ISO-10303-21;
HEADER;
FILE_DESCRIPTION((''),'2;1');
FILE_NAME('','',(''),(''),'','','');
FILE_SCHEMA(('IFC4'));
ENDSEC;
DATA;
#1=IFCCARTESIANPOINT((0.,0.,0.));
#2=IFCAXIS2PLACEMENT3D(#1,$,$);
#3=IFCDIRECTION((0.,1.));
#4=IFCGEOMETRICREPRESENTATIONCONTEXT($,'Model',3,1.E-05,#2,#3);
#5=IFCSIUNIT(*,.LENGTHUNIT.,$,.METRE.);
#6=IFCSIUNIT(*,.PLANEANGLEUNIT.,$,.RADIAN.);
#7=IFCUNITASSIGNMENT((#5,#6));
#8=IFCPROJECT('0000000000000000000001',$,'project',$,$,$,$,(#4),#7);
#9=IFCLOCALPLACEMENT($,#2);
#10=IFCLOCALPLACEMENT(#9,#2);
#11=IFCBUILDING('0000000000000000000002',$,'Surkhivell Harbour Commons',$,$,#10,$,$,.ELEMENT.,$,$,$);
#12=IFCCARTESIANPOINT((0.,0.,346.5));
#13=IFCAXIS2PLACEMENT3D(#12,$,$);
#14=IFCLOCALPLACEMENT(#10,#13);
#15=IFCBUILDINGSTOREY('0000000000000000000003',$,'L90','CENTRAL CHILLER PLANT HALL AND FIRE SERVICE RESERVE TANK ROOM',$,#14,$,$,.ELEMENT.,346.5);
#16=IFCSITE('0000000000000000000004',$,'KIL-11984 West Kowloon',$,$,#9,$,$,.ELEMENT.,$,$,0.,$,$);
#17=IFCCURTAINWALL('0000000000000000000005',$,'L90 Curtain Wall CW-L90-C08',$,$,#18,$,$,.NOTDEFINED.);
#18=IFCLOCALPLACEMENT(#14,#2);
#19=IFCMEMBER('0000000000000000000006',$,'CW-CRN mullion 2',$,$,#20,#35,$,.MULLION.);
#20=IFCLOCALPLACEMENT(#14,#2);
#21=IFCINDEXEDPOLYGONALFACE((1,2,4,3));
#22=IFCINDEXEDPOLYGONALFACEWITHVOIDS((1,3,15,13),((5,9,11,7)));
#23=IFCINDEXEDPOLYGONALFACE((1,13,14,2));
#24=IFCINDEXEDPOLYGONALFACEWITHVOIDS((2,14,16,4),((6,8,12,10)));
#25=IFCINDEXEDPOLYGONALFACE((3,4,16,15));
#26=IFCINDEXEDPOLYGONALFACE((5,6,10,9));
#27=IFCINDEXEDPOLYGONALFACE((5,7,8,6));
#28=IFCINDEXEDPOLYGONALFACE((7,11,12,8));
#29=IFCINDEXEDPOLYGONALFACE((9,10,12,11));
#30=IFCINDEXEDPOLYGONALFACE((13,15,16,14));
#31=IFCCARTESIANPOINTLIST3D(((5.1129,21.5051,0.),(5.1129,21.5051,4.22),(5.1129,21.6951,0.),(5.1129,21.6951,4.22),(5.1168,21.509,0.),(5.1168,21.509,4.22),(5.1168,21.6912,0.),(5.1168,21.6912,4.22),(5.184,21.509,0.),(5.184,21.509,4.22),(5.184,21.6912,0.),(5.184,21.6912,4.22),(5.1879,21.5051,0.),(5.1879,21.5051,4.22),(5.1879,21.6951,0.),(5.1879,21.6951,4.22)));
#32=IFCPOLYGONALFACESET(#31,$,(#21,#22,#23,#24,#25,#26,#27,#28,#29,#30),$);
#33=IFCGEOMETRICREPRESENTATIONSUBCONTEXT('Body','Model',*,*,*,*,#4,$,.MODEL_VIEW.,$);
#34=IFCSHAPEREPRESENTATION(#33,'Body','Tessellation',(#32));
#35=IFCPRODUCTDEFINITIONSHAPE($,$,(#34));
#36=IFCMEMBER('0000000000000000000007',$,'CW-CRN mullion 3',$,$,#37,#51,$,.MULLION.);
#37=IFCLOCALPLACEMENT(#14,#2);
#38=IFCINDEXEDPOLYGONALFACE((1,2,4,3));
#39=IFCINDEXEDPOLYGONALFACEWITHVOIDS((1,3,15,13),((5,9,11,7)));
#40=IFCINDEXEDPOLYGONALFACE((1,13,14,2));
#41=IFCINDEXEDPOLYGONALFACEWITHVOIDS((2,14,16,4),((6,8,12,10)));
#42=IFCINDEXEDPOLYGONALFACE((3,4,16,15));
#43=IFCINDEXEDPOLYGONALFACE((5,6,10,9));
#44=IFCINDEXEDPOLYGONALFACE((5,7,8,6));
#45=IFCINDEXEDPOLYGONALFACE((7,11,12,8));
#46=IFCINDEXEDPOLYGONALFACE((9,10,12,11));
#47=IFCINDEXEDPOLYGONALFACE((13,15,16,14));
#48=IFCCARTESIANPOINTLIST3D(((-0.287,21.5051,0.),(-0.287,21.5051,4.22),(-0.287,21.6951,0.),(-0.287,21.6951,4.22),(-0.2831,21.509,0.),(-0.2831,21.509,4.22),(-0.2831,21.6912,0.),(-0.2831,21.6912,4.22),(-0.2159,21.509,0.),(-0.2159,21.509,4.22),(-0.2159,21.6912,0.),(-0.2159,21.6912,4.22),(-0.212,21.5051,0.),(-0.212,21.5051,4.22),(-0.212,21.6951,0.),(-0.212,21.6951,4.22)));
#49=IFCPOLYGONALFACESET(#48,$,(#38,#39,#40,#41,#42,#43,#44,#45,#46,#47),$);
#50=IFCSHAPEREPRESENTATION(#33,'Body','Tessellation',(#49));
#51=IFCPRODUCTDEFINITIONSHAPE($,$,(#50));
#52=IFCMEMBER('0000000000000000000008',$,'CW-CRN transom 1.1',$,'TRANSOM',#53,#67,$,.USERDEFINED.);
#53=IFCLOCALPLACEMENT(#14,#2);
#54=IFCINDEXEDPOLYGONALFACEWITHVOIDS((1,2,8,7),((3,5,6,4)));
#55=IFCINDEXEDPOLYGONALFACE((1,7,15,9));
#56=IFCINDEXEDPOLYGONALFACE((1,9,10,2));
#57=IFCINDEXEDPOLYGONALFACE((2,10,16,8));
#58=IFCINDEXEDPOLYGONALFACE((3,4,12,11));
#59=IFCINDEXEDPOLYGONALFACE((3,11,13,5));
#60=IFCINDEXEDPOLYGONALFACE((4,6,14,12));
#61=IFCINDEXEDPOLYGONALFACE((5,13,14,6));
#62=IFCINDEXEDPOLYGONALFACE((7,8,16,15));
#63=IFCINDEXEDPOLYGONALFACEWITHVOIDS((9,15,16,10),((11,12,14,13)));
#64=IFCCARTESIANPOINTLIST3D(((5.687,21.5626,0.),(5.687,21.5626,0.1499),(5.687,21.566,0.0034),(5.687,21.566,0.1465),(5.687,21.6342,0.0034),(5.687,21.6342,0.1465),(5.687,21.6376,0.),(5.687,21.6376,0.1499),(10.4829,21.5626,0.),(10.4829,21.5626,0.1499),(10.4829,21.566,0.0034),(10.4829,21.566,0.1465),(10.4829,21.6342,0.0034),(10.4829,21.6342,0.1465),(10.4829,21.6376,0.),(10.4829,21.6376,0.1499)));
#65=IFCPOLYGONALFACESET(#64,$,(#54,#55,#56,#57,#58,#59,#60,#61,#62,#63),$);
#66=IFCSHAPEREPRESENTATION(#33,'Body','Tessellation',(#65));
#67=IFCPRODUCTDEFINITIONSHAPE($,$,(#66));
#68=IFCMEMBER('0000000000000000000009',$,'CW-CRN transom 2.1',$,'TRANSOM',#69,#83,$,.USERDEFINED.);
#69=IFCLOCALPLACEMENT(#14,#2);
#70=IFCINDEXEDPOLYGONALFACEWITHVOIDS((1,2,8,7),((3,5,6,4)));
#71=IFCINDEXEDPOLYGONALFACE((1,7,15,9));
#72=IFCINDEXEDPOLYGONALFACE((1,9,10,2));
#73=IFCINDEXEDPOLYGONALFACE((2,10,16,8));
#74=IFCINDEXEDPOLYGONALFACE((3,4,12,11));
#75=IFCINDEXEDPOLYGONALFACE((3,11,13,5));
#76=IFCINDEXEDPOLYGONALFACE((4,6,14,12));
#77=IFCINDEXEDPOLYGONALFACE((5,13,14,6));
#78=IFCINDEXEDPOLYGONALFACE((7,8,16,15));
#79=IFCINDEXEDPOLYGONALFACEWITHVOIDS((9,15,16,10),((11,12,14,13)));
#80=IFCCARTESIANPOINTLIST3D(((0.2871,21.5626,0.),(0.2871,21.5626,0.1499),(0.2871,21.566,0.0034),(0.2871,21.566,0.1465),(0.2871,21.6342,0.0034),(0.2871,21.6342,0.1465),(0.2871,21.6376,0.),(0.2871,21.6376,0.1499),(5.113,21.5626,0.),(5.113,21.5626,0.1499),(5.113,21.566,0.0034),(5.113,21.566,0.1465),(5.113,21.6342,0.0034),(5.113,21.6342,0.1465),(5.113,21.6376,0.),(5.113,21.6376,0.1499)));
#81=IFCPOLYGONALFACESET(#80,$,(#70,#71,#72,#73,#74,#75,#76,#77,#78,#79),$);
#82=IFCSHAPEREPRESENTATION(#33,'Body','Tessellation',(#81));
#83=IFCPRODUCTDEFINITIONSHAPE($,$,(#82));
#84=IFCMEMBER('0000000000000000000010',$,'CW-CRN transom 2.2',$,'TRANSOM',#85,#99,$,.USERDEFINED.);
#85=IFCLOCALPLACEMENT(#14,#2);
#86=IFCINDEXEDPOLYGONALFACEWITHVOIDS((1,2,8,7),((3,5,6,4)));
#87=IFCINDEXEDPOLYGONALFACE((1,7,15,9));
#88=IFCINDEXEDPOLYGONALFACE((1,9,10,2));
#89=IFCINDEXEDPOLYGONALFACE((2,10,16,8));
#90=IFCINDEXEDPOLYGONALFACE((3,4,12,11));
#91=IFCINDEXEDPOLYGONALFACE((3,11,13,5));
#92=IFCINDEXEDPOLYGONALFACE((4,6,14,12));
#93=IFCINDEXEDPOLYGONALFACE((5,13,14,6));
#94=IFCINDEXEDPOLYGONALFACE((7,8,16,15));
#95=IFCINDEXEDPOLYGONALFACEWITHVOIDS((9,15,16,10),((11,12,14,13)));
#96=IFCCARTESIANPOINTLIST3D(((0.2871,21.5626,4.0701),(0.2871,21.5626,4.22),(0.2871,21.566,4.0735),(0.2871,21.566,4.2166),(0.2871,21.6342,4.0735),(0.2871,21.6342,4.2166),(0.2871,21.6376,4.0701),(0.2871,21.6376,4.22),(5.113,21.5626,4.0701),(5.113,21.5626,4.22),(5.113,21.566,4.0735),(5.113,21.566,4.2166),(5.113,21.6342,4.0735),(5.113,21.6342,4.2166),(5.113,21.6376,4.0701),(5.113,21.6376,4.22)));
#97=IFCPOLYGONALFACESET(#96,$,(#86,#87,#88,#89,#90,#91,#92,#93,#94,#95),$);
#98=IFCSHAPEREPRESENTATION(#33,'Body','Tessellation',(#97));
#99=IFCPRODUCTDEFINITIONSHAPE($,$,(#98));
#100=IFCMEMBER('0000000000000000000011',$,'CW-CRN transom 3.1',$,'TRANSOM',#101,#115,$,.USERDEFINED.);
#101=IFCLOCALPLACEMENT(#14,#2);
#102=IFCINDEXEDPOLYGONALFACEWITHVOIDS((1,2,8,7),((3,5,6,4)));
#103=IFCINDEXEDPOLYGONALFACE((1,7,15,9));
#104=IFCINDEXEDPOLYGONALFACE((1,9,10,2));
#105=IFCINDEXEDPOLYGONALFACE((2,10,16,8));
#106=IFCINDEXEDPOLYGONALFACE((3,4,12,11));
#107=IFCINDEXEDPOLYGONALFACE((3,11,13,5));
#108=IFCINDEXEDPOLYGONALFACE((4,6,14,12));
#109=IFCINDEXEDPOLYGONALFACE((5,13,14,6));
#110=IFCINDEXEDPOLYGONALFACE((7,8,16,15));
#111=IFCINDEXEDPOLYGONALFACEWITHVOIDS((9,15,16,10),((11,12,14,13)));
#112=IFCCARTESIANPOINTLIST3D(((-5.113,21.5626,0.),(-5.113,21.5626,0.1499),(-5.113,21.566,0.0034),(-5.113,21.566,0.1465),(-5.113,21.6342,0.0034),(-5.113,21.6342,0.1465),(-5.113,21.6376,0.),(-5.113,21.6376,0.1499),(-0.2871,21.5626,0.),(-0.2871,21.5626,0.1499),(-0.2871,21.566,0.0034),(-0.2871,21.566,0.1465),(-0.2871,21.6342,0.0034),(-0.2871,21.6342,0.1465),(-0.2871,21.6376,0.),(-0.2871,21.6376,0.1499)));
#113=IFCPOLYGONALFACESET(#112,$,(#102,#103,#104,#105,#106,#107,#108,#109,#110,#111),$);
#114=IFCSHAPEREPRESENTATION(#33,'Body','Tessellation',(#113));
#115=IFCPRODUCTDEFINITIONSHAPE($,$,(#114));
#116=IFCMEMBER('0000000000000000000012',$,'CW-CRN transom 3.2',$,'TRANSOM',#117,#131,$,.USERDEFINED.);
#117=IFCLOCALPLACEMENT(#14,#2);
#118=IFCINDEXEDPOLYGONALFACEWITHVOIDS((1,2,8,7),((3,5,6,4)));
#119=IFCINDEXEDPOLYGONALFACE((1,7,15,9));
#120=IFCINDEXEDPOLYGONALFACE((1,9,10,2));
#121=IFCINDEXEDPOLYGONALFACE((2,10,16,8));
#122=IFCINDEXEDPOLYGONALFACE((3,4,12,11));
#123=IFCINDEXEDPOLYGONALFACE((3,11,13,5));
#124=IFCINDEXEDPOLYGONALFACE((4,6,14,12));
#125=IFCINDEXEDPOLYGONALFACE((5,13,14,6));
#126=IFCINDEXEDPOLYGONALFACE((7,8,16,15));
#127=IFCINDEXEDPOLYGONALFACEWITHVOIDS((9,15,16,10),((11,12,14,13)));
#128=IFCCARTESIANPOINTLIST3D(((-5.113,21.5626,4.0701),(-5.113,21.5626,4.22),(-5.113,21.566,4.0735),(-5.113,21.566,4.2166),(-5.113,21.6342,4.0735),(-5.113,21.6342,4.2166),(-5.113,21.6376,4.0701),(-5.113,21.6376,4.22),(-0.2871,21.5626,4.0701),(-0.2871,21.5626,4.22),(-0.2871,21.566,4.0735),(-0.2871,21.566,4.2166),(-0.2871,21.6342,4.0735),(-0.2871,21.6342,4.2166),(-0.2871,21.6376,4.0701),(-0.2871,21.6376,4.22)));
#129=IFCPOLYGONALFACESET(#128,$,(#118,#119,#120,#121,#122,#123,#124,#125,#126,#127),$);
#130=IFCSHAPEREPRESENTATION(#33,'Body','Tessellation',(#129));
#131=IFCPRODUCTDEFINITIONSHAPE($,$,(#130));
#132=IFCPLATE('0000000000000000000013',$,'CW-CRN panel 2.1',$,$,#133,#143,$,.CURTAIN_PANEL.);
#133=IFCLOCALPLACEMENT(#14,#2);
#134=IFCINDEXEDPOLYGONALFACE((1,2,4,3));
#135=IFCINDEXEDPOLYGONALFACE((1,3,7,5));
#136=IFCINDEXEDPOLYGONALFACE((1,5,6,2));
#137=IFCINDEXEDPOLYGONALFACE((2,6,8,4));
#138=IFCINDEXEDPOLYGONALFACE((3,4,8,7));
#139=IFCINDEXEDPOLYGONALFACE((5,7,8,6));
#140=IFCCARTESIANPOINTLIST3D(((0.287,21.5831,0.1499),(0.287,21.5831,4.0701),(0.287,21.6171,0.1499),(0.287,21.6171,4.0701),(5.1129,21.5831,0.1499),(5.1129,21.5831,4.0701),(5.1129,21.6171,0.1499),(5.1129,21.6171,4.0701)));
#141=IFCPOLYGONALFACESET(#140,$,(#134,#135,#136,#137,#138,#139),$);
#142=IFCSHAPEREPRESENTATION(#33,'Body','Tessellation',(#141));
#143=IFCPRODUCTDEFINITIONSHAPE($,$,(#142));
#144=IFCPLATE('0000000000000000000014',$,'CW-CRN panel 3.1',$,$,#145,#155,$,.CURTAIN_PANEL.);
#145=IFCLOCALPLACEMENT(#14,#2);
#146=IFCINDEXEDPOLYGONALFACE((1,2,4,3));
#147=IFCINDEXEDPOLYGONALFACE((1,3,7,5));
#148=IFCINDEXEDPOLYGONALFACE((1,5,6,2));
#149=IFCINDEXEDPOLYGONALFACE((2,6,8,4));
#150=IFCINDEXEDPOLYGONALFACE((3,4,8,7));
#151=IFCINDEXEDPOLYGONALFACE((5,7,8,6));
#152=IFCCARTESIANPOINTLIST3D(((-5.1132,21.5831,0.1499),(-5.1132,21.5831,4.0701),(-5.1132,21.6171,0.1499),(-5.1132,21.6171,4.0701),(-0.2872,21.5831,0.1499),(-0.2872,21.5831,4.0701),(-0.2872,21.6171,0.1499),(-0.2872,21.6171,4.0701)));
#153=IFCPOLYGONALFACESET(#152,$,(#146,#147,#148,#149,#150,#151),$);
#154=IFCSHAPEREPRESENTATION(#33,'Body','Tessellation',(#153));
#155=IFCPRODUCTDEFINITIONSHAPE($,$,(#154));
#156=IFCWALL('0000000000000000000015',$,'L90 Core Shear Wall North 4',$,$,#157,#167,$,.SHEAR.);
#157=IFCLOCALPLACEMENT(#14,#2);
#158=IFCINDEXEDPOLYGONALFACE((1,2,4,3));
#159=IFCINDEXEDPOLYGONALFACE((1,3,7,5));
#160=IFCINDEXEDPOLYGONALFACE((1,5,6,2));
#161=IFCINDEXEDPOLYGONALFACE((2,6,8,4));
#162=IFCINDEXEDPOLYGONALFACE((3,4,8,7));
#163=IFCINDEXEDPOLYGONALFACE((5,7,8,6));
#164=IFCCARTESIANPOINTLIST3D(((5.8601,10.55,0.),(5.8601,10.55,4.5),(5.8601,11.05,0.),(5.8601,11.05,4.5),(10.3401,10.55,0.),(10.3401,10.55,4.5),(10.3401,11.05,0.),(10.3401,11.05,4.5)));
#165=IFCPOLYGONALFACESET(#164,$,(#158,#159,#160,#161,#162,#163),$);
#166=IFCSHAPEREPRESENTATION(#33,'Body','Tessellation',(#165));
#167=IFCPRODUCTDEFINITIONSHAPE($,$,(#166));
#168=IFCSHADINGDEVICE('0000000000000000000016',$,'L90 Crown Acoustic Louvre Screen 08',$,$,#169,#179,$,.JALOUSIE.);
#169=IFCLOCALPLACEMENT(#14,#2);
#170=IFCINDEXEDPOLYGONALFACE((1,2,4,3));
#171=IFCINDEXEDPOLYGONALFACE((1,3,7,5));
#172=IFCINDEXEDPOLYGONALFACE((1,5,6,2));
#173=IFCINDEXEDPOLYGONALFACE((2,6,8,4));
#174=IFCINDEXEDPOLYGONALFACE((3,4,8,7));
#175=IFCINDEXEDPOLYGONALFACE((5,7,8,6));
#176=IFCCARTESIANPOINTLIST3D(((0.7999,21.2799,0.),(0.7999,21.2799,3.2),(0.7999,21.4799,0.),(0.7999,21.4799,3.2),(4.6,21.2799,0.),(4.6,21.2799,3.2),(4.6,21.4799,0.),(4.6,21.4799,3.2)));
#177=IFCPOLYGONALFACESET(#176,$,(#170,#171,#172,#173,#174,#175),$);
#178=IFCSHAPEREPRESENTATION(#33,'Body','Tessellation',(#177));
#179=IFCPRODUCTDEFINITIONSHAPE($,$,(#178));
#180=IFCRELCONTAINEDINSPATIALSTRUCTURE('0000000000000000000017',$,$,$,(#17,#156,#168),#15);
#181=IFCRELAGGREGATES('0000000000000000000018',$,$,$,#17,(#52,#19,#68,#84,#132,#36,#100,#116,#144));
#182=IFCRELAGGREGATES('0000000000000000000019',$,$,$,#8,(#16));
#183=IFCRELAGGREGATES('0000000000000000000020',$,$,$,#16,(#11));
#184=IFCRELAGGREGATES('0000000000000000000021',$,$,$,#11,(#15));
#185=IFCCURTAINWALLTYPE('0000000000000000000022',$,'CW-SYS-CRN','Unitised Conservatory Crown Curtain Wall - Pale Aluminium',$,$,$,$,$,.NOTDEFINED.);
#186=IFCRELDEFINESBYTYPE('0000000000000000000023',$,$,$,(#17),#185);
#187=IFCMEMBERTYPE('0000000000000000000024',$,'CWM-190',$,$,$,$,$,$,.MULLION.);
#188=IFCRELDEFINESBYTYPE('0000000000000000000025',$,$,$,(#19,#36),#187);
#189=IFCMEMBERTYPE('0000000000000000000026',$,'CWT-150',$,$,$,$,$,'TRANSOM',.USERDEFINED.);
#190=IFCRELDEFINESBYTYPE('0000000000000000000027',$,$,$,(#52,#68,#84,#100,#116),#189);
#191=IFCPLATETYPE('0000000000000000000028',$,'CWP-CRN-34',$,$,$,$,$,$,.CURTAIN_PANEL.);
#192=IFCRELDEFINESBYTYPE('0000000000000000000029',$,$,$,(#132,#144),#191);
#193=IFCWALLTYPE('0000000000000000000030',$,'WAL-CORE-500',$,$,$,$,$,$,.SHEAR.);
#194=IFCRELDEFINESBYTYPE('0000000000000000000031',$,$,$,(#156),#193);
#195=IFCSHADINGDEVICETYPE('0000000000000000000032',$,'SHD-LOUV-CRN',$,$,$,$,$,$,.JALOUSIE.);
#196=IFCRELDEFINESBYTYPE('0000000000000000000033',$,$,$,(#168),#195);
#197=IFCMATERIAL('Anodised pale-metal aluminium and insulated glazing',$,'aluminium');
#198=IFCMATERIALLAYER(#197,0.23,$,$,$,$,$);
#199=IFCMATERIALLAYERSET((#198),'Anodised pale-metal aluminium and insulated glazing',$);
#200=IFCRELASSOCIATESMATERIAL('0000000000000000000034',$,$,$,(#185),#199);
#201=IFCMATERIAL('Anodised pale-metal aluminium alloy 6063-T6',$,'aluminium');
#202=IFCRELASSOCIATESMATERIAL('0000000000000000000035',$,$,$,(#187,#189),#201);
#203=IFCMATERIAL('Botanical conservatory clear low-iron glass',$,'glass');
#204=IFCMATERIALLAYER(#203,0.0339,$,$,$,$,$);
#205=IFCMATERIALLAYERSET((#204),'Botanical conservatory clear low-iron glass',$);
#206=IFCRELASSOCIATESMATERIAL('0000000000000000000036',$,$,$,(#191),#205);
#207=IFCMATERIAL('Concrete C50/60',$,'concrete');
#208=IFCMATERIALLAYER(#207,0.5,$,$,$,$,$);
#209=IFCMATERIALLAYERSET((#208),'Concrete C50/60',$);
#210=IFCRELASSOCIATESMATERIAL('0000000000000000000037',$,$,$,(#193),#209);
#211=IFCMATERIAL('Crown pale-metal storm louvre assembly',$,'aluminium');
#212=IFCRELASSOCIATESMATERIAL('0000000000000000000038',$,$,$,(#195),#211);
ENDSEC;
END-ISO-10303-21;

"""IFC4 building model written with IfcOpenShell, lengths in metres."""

from ifc_helpers import new_model, si_unit, direction, frame, frame_2d, origin, origin_2d, place, context, subcontext, project, spatial, rectangle, hollow_rectangle, extrude, material, layer, layer_set, material_profile, profile_set, type_object, element, aggregate, save


model = new_model("IFC4")

# Units and contexts
model_context = context("Model", 3, precision=1e-05, world=origin(), true_north=direction((0.0, 1.0)))
body_context = subcontext(model_context, "Body", "Model", "MODEL_VIEW")
ifc_project = project(units=[si_unit("LENGTHUNIT", "METRE"), si_unit("PLANEANGLEUNIT", "RADIAN")], contexts=[model_context])

# Site, building, storey
site_placement = place(None, origin())
site = spatial("IfcSite", under=ifc_project, at=site_placement, Name="KIL-11984 West Kowloon", CompositionType="ELEMENT", RefElevation=0.0)
building_placement = place(site_placement, origin())
building = spatial("IfcBuilding", under=site, at=building_placement, Name="Surkhivell Harbour Commons", CompositionType="ELEMENT")
storey_placement = place(building_placement, frame((0.0, 0.0, 346.5)))
storey = spatial("IfcBuildingStorey", under=building, at=storey_placement, Name="L90", Description="CENTRAL CHILLER PLANT HALL AND FIRE SERVICE RESERVE TANK ROOM", CompositionType="ELEMENT", Elevation=346.5)

# Curtain wall, members, plates
ifc_material_1 = material(Name="Anodised pale-metal aluminium and insulated glazing", Category="aluminium")
ifc_layer_1 = layer(ifc_material_1, 0.23)
ifc_layer_set_1 = layer_set([ifc_layer_1], Name="Anodised pale-metal aluminium and insulated glazing")
curtain_wall_type = type_object("IfcCurtainWallType", Name="CW-SYS-CRN", Description="Unitised Conservatory Crown Curtain Wall - Pale Aluminium", PredefinedType="NOTDEFINED", material=ifc_layer_set_1)
curtain_wall_placement = place(storey_placement, origin())
curtain_wall = element("IfcCurtainWall", 1, at=curtain_wall_placement, inside=storey, type_object=curtain_wall_type, Name="L90 Curtain Wall CW-L90-C08", PredefinedType="NOTDEFINED")
ifc_material_2 = material(Name="Anodised pale-metal aluminium alloy 6063-T6", Category="aluminium")
ifc_material_profile_1 = material_profile(ifc_material_2, hollow_rectangle(XDim=0.075, YDim=0.1899, WallThickness=0.0039, at=origin_2d()), Name="ALU-MULL-75x190")
ifc_profile_set_1 = profile_set([ifc_material_profile_1], Name="Anodised pale-metal aluminium alloy 6063-T6")
member_type_1 = type_object("IfcMemberType", Name="CWM-190", PredefinedType="MULLION", material=ifc_profile_set_1)
member_1_placement = place(storey_placement, frame((5.1504, 21.6001, 0.0), z_axis=(0.0, 0.0, 1.0), x_axis=(-1.0, 0.0, 0.0)))
member_1 = element("IfcMember", 2, at=member_1_placement, type_object=member_type_1, Name="CW-CRN mullion 2", PredefinedType="MULLION", context=body_context, shape_type="SweptSolid", body=[
    extrude(hollow_rectangle(XDim=0.075, YDim=0.1899, WallThickness=0.0039, at=origin_2d()), origin(), (0.0, 0.0, 1.0), 4.22),
])
member_2_placement = place(storey_placement, frame((-0.2495, 21.6001, 0.0), z_axis=(0.0, 0.0, 1.0), x_axis=(-1.0, 0.0, 0.0)))
member_2 = element("IfcMember", 3, at=member_2_placement, type_object=member_type_1, Name="CW-CRN mullion 3", PredefinedType="MULLION", context=body_context, shape_type="SweptSolid", body=[
    extrude(hollow_rectangle(XDim=0.075, YDim=0.1899, WallThickness=0.0039, at=origin_2d()), origin(), (0.0, 0.0, 1.0), 4.22),
])
ifc_material_profile_2 = material_profile(ifc_material_2, hollow_rectangle(XDim=0.075, YDim=0.1499, WallThickness=0.0034, at=origin_2d()), Name="ALU-TRAN-75x150")
ifc_profile_set_2 = profile_set([ifc_material_profile_2], Name="Anodised pale-metal aluminium alloy 6063-T6")
member_type_2 = type_object("IfcMemberType", Name="CWT-150", ElementType="TRANSOM", PredefinedType="USERDEFINED", material=ifc_profile_set_2)
member_3_placement = place(storey_placement, frame((10.4829, 21.6001, 0.075), z_axis=(-1.0, 0.0, 0.0), x_axis=(0.0, -1.0, 0.0)))
member_3 = element("IfcMember", 4, at=member_3_placement, type_object=member_type_2, Name="CW-CRN transom 1.1", ObjectType="TRANSOM", PredefinedType="USERDEFINED", context=body_context, shape_type="SweptSolid", body=[
    extrude(hollow_rectangle(XDim=0.075, YDim=0.1499, WallThickness=0.0034, at=origin_2d()), origin(), (0.0, 0.0, 1.0), 4.7959),
])
member_4_placement = place(storey_placement, frame((5.113, 21.6001, 0.075), z_axis=(-1.0, 0.0, 0.0), x_axis=(0.0, -1.0, 0.0)))
member_4 = element("IfcMember", 5, at=member_4_placement, type_object=member_type_2, Name="CW-CRN transom 2.1", ObjectType="TRANSOM", PredefinedType="USERDEFINED", context=body_context, shape_type="SweptSolid", body=[
    extrude(hollow_rectangle(XDim=0.075, YDim=0.1499, WallThickness=0.0034, at=origin_2d()), origin(), (0.0, 0.0, 1.0), 4.8259),
])
member_5_placement = place(storey_placement, frame((5.113, 21.6001, 4.145), z_axis=(-1.0, 0.0, 0.0), x_axis=(0.0, -1.0, 0.0)))
member_5 = element("IfcMember", 6, at=member_5_placement, type_object=member_type_2, Name="CW-CRN transom 2.2", ObjectType="TRANSOM", PredefinedType="USERDEFINED", context=body_context, shape_type="SweptSolid", body=[
    extrude(hollow_rectangle(XDim=0.075, YDim=0.1499, WallThickness=0.0034, at=origin_2d()), origin(), (0.0, 0.0, 1.0), 4.8259),
])
member_6_placement = place(storey_placement, frame((-0.2871, 21.6001, 0.075), z_axis=(-1.0, 0.0, 0.0), x_axis=(0.0, -1.0, 0.0)))
member_6 = element("IfcMember", 7, at=member_6_placement, type_object=member_type_2, Name="CW-CRN transom 3.1", ObjectType="TRANSOM", PredefinedType="USERDEFINED", context=body_context, shape_type="SweptSolid", body=[
    extrude(hollow_rectangle(XDim=0.075, YDim=0.1499, WallThickness=0.0034, at=origin_2d()), origin(), (0.0, 0.0, 1.0), 4.8259),
])
member_7_placement = place(storey_placement, frame((-0.2871, 21.6001, 4.145), z_axis=(-1.0, 0.0, 0.0), x_axis=(0.0, -1.0, 0.0)))
member_7 = element("IfcMember", 8, at=member_7_placement, type_object=member_type_2, Name="CW-CRN transom 3.2", ObjectType="TRANSOM", PredefinedType="USERDEFINED", context=body_context, shape_type="SweptSolid", body=[
    extrude(hollow_rectangle(XDim=0.075, YDim=0.1499, WallThickness=0.0034, at=origin_2d()), origin(), (0.0, 0.0, 1.0), 4.8259),
])
ifc_material_3 = material(Name="Botanical conservatory clear low-iron glass", Category="glass")
ifc_layer_2 = layer(ifc_material_3, 0.0339)
ifc_layer_set_2 = layer_set([ifc_layer_2], Name="Botanical conservatory clear low-iron glass")
plate_type = type_object("IfcPlateType", Name="CWP-CRN-34", PredefinedType="CURTAIN_PANEL", material=ifc_layer_set_2)
plate_1_placement = place(storey_placement, frame((5.113, 21.6001, 0.1499), z_axis=(0.0, 0.0, 1.0), x_axis=(-1.0, 0.0, 0.0)))
plate_1 = element("IfcPlate", 9, at=plate_1_placement, type_object=plate_type, Name="CW-CRN panel 2.1", PredefinedType="CURTAIN_PANEL", context=body_context, shape_type="SweptSolid", body=[
    extrude(rectangle(XDim=4.8259, YDim=0.0339, at=frame_2d((2.4131, 0.0))), origin(), (0.0, 0.0, 1.0), 3.9202),
])
plate_2_placement = place(storey_placement, frame((-0.2871, 21.6001, 0.1499), z_axis=(0.0, 0.0, 1.0), x_axis=(-1.0, 0.0, 0.0)))
plate_2 = element("IfcPlate", 10, at=plate_2_placement, type_object=plate_type, Name="CW-CRN panel 3.1", PredefinedType="CURTAIN_PANEL", context=body_context, shape_type="SweptSolid", body=[
    extrude(rectangle(XDim=4.8259, YDim=0.0339, at=frame_2d((2.4131, 0.0))), origin(), (0.0, 0.0, 1.0), 3.9202),
])
aggregate(curtain_wall, [member_3, member_1, member_4, member_5, plate_1, member_2, member_6, member_7, plate_2])

# Wall
ifc_material_4 = material(Name="Concrete C50/60", Category="concrete")
ifc_layer_3 = layer(ifc_material_4, 0.5)
ifc_layer_set_3 = layer_set([ifc_layer_3], Name="Concrete C50/60")
wall_type = type_object("IfcWallType", Name="WAL-CORE-500", PredefinedType="SHEAR", material=ifc_layer_set_3)
wall_placement = place(storey_placement, frame((5.8601, 10.8, 0.0), z_axis=(0.0, 0.0, 1.0), x_axis=(1.0, 0.0, 0.0)))
element("IfcWall", 11, at=wall_placement, inside=storey, type_object=wall_type, Name="L90 Core Shear Wall North 4", PredefinedType="SHEAR", context=body_context, shape_type="SweptSolid", body=[
    extrude(rectangle(XDim=4.48, YDim=0.5, at=frame_2d((2.24, 0.0))), origin(), (0.0, 0.0, 1.0), 4.5),
])

# Shading device
ifc_material_5 = material(Name="Crown pale-metal storm louvre assembly", Category="aluminium")
shading_device_type = type_object("IfcShadingDeviceType", Name="SHD-LOUV-CRN", PredefinedType="JALOUSIE", material=ifc_material_5)
shading_device_placement = place(storey_placement, frame((2.7, 21.3799, 0.0), z_axis=(0.0, 0.0, 1.0), x_axis=(1.0, 0.0, 0.0)))
element("IfcShadingDevice", 12, at=shading_device_placement, inside=storey, type_object=shading_device_type, Name="L90 Crown Acoustic Louvre Screen 08", PredefinedType="JALOUSIE", context=body_context, shape_type="SweptSolid", body=[
    extrude(rectangle(XDim=3.8, YDim=0.2, at=origin_2d()), origin(), (0.0, 0.0, 1.0), 3.2),
])

save(model, "model.ifc")
